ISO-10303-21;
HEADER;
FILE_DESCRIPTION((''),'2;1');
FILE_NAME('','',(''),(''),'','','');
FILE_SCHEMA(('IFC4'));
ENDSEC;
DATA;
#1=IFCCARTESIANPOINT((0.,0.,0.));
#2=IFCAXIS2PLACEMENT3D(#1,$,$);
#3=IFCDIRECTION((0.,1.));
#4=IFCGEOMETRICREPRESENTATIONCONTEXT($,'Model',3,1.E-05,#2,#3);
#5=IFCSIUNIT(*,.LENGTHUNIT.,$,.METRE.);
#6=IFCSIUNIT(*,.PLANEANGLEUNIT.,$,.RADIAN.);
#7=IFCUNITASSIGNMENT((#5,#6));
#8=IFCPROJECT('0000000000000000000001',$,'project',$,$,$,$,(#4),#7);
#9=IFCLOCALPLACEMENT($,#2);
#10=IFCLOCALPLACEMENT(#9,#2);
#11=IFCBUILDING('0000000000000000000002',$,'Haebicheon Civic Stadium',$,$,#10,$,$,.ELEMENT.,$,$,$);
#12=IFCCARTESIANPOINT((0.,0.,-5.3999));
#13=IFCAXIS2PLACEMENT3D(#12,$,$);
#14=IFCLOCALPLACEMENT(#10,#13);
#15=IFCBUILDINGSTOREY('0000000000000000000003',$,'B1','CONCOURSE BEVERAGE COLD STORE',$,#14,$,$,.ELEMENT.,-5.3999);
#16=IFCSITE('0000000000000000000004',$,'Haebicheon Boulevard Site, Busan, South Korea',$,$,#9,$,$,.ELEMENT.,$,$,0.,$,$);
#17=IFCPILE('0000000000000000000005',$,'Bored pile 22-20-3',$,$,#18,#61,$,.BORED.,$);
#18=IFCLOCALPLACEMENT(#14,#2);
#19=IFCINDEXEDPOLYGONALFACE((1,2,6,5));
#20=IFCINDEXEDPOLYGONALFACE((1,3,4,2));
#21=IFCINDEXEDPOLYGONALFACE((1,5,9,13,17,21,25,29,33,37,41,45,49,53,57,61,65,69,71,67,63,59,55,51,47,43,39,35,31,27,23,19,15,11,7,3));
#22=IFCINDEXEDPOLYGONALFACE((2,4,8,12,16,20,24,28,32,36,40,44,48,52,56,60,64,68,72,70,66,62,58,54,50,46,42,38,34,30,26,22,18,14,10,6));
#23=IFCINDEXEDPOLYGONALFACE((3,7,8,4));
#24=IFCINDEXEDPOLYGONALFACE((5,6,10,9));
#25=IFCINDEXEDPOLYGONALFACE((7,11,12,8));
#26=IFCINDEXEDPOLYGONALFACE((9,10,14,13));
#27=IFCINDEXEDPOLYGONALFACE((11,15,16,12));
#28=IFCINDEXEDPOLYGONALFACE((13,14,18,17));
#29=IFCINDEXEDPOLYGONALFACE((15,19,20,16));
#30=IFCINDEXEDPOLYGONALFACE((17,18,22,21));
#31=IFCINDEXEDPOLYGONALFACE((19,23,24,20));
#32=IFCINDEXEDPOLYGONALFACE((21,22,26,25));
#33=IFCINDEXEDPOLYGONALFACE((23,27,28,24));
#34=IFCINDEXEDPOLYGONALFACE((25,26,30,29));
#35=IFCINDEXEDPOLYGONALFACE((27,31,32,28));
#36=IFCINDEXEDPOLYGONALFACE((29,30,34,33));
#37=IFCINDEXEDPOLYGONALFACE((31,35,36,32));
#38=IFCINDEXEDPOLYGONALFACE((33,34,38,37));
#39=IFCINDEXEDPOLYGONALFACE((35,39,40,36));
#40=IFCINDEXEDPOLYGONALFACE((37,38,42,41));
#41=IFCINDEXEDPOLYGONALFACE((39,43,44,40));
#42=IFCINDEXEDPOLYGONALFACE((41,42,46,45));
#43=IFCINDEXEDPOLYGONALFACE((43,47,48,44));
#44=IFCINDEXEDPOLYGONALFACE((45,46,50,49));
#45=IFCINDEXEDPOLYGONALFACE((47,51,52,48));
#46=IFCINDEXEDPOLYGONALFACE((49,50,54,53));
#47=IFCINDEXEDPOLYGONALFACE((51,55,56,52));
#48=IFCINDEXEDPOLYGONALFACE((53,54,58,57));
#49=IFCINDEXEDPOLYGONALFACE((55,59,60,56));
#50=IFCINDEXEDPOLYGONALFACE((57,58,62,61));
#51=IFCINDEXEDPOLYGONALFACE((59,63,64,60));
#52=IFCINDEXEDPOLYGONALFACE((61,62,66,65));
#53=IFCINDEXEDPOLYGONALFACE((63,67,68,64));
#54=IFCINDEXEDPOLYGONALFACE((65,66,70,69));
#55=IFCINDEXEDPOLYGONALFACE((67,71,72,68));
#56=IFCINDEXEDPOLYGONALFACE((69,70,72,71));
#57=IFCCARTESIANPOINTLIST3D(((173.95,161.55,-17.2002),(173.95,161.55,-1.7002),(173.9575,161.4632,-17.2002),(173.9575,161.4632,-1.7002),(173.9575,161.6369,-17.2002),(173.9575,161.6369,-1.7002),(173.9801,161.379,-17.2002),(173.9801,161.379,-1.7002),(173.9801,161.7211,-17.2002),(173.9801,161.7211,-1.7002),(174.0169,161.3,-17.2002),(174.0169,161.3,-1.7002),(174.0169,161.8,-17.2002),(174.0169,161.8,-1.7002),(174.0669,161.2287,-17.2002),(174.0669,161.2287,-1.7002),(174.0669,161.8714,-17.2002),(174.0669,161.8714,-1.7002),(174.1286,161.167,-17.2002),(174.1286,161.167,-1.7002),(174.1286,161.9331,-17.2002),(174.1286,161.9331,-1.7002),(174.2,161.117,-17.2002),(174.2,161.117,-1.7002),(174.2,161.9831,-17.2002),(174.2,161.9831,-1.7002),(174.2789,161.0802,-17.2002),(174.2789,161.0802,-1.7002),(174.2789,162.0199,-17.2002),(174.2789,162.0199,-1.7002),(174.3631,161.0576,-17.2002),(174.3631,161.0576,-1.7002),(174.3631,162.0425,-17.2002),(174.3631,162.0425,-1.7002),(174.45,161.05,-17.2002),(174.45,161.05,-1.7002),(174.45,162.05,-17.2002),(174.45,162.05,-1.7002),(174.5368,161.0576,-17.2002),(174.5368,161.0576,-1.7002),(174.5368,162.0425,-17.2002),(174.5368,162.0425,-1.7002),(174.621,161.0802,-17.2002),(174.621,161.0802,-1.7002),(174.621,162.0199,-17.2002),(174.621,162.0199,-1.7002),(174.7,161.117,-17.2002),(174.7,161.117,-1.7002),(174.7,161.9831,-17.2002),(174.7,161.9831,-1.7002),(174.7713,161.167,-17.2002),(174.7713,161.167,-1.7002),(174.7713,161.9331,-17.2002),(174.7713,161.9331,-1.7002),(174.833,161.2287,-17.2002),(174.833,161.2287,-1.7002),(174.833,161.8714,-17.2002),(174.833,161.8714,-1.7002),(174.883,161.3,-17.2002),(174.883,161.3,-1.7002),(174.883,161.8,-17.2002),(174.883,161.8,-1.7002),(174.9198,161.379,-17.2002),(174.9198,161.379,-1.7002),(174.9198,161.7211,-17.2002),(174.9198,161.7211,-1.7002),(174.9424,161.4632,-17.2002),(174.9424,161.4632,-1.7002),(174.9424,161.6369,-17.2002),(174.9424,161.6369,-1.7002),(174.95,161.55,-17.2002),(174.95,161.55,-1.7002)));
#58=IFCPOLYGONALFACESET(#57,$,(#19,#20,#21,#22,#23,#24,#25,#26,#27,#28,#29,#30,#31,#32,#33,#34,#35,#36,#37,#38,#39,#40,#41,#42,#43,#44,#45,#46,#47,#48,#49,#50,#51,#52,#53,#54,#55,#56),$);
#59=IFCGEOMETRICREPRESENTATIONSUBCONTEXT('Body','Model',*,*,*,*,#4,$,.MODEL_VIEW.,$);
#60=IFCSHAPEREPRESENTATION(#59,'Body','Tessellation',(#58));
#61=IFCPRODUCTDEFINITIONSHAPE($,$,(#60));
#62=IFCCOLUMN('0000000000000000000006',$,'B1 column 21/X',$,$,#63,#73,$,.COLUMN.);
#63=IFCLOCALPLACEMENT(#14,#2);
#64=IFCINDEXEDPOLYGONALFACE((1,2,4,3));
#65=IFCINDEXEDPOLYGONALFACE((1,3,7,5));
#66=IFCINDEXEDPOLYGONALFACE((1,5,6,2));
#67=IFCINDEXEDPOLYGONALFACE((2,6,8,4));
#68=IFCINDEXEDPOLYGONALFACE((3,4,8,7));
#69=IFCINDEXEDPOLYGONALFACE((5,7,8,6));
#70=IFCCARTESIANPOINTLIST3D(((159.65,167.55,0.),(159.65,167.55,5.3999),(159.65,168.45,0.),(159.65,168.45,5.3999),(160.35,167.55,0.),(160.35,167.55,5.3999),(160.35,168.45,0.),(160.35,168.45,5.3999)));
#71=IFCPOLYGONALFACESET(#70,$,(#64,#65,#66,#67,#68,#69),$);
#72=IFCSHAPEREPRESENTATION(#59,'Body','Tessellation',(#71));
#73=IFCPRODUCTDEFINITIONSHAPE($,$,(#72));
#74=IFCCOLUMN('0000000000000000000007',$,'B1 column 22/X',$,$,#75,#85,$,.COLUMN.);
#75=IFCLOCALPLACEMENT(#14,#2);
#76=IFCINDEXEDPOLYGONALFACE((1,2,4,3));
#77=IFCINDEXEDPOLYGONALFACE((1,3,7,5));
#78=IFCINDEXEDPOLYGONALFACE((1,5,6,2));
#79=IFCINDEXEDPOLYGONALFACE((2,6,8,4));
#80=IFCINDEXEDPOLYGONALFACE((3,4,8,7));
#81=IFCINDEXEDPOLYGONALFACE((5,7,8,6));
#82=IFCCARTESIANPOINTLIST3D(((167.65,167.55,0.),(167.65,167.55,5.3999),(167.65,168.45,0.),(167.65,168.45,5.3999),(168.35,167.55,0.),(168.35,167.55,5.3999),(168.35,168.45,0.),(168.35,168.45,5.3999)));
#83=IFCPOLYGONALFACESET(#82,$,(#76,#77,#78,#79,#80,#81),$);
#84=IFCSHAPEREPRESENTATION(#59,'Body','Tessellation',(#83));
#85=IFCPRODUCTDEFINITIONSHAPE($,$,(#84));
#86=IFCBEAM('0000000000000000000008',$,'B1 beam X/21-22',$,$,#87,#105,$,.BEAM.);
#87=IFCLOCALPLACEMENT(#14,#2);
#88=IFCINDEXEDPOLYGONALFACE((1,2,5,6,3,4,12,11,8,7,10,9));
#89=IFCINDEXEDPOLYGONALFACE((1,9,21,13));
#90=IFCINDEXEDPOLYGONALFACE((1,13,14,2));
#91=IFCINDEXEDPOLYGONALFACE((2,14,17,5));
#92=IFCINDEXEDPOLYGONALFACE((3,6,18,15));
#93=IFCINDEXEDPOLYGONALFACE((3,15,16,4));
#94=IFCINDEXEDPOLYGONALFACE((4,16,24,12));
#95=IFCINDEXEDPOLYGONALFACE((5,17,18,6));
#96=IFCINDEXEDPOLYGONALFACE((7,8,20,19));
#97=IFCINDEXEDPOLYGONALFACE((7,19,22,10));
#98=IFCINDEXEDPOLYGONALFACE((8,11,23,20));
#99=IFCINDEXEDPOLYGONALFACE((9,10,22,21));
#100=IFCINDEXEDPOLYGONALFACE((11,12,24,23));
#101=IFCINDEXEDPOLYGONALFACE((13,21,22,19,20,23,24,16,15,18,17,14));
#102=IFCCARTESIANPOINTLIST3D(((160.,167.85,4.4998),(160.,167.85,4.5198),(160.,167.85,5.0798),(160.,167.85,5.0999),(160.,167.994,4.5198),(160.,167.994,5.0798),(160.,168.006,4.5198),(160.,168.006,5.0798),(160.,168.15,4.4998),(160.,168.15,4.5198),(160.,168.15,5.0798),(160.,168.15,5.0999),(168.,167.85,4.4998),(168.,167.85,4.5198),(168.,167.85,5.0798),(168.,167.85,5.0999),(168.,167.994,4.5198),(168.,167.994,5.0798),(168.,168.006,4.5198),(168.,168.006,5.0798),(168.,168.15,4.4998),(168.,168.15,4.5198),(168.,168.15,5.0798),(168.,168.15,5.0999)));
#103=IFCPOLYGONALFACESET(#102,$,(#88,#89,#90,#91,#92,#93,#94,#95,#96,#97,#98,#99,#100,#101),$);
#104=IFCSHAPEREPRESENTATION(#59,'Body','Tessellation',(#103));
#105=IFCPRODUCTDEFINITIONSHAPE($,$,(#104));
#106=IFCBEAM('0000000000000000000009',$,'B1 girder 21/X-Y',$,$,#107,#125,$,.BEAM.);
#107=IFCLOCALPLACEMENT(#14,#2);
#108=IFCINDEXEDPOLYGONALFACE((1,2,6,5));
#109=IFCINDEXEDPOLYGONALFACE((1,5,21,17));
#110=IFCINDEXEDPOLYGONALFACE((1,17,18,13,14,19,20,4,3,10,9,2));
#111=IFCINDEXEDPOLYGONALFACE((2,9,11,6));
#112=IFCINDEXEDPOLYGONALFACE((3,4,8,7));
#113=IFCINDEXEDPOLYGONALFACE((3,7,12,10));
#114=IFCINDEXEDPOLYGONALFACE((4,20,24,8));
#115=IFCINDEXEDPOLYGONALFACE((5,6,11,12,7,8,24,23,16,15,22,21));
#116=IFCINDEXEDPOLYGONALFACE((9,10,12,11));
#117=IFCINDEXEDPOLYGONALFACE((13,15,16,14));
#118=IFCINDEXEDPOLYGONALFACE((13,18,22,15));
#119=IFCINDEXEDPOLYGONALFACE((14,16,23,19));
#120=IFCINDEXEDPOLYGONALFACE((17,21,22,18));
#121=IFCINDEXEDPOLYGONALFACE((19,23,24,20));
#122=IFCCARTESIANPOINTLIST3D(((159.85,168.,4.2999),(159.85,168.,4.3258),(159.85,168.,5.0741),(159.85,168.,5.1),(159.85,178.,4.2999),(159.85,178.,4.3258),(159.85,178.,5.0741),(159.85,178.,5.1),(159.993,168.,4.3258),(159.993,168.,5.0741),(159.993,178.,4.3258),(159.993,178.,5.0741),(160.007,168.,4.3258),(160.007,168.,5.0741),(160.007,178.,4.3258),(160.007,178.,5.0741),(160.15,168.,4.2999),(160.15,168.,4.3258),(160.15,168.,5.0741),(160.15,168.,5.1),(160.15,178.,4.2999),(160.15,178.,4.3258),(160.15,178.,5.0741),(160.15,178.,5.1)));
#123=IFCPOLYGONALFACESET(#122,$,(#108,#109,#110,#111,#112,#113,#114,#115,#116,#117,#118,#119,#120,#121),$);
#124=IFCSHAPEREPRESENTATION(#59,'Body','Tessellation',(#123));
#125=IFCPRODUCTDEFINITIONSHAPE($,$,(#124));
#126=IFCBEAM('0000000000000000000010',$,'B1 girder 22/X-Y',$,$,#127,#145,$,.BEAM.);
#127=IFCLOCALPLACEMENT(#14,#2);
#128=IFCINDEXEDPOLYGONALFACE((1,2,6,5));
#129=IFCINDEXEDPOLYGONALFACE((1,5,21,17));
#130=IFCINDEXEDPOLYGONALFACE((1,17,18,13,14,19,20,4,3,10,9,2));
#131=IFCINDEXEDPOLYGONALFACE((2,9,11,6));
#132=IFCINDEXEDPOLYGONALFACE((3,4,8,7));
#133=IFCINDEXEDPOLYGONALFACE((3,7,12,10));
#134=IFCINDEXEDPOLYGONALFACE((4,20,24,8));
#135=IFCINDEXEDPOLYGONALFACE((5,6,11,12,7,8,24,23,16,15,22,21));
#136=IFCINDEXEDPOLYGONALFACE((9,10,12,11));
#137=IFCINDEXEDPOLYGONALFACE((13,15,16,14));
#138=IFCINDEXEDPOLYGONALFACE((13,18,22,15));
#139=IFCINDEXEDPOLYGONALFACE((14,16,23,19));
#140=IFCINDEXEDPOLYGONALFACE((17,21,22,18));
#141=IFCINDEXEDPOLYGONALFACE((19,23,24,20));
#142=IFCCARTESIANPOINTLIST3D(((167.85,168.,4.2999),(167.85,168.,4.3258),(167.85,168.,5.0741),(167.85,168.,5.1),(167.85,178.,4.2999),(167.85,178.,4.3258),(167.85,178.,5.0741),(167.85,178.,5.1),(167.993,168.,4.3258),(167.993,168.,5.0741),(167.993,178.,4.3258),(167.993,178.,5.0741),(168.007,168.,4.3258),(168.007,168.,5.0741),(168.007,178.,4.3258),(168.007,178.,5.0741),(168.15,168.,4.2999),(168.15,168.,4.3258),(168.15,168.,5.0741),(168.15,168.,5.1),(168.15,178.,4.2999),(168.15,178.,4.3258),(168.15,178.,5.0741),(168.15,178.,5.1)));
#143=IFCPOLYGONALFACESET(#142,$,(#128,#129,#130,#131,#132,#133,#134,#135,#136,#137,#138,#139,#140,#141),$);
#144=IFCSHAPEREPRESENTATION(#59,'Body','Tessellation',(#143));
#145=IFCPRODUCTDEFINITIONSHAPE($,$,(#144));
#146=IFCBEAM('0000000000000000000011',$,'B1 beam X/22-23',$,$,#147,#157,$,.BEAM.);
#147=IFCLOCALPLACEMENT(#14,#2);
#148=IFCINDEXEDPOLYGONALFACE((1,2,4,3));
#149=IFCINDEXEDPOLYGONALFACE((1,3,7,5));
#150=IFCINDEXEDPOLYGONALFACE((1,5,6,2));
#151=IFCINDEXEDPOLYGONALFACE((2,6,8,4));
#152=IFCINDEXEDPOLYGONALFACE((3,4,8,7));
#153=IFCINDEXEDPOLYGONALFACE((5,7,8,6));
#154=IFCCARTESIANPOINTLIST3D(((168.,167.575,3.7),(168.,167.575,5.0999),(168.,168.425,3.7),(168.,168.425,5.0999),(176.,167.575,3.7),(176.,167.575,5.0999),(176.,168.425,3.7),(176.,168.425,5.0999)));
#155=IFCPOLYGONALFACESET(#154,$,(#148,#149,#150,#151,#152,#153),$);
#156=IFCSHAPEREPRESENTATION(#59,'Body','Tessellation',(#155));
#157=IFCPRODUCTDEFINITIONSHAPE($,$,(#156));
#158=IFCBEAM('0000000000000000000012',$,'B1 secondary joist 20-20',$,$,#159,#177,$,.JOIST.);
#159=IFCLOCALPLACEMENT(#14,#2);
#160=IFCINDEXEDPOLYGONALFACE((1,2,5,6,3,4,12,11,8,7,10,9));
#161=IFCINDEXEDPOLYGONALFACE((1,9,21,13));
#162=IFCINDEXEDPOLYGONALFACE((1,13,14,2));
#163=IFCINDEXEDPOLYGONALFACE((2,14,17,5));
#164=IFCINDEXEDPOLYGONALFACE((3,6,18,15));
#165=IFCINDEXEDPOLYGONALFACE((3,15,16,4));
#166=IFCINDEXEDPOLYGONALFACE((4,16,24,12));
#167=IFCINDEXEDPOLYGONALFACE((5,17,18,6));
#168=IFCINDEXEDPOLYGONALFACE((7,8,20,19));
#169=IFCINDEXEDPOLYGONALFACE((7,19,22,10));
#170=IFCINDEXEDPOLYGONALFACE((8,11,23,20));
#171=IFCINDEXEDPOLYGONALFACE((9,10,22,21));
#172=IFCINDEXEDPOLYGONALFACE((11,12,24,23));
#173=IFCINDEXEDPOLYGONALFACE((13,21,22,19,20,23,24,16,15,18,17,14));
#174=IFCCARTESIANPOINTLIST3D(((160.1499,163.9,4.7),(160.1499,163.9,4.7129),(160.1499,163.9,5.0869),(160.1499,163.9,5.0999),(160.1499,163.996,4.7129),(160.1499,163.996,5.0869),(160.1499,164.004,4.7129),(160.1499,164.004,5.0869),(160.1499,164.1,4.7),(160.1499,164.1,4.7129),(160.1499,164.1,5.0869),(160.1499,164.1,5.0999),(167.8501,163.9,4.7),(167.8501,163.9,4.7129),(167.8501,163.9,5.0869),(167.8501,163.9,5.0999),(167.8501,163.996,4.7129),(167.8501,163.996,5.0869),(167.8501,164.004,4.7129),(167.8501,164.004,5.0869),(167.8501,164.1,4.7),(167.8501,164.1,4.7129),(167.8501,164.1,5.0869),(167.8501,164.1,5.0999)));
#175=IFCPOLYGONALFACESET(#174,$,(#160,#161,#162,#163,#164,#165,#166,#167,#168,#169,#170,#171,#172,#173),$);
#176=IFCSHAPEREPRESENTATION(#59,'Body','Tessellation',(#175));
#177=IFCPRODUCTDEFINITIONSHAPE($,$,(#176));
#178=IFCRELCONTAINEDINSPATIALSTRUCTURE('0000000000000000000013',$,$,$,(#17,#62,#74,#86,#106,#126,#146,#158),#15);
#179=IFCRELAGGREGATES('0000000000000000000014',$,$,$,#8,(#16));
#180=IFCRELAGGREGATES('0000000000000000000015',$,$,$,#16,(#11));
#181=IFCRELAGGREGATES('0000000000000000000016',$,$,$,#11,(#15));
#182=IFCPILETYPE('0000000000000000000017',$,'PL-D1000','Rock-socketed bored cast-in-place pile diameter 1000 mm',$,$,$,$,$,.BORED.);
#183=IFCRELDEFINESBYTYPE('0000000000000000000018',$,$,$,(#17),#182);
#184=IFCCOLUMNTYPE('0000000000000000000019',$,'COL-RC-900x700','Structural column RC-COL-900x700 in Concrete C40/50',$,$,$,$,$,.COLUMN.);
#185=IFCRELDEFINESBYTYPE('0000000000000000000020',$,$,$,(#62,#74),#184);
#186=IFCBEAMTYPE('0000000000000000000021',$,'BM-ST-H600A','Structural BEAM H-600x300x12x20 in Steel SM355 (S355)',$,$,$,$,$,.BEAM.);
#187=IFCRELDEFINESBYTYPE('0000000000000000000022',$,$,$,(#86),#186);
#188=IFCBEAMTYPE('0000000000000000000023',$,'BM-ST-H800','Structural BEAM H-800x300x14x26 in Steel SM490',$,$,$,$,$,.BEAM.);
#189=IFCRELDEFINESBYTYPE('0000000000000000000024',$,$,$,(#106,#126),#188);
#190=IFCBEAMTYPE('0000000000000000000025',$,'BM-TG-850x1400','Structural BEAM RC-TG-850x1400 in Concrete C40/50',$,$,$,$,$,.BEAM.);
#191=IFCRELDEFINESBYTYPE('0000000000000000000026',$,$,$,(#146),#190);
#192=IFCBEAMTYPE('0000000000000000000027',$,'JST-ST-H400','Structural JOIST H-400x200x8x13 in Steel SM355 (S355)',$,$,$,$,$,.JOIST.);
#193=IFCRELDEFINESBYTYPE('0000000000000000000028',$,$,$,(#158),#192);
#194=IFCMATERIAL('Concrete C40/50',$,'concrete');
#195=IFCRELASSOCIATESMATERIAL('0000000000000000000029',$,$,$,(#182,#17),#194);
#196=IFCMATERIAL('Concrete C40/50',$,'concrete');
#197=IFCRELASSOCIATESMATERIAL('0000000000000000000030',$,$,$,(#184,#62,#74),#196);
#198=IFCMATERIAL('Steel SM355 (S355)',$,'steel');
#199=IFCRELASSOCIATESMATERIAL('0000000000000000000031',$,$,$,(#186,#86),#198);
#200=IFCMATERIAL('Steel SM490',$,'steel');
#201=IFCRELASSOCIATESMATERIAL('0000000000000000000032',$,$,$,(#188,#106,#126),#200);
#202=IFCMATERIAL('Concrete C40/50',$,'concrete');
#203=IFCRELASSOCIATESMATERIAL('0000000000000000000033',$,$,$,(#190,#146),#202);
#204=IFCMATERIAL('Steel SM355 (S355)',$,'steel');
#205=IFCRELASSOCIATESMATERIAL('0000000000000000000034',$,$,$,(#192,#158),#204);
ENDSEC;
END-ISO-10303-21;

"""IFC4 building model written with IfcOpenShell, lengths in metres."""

from ifc_helpers import new_model, si_unit, direction, frame, origin, origin_2d, place, context, subcontext, project, spatial, rectangle, circle, i_section, extrude, material, material_profile, profile_set, type_object, element, save


model = new_model("IFC4")

# Units and contexts
model_context = context("Model", 3, precision=1e-05, world=origin(), true_north=direction((0.0, 1.0)))
body_context = subcontext(model_context, "Body", "Model", "MODEL_VIEW")
ifc_project = project(units=[si_unit("LENGTHUNIT", "METRE"), si_unit("PLANEANGLEUNIT", "RADIAN")], contexts=[model_context])

# Site, building, storey
site_placement = place(None, origin())
site = spatial("IfcSite", under=ifc_project, at=site_placement, Name="Haebicheon Boulevard Site, Busan, South Korea", CompositionType="ELEMENT", RefElevation=0.0)
building_placement = place(site_placement, origin())
building = spatial("IfcBuilding", under=site, at=building_placement, Name="Haebicheon Civic Stadium", CompositionType="ELEMENT")
storey_placement = place(building_placement, frame((0.0, 0.0, -5.3999)))
storey = spatial("IfcBuildingStorey", under=building, at=storey_placement, Name="B1", Description="CONCOURSE BEVERAGE COLD STORE", CompositionType="ELEMENT", Elevation=-5.3999)

# Pile
ifc_material_1 = material(Name="Concrete C40/50", Category="concrete")
ifc_material_profile_1 = material_profile(ifc_material_1, circle(Radius=0.5, at=origin_2d()), Name="PILE-D1000")
ifc_profile_set_1 = profile_set([ifc_material_profile_1], Name="Concrete C40/50")
pile_type = type_object("IfcPileType", Name="PL-D1000", Description="Rock-socketed bored cast-in-place pile diameter 1000 mm", PredefinedType="BORED", material=ifc_profile_set_1)
for number, where, z_axis, x_axis, name in (
    (1, (174.45, 161.55, -1.7002), (0.0, 0.0, -1.0), (1.0, 0.0, 0.0), "Bored pile 22-20-3"),
):
    element("IfcPile", number, at=place(storey_placement, frame(where, z_axis=z_axis, x_axis=x_axis)), inside=storey, type_object=pile_type, material=ifc_profile_set_1, Name=name, PredefinedType="BORED", context=body_context, shape_type="SweptSolid", body=[
        extrude(circle(Radius=0.5, at=origin_2d()), origin(), (0.0, 0.0, 1.0), 15.5),
    ])

# Columns
ifc_material_2 = material(Name="Concrete C40/50", Category="concrete")
ifc_material_profile_2 = material_profile(ifc_material_2, rectangle(XDim=0.7, YDim=0.8999, at=origin_2d()), Name="RC-COL-900x700")
ifc_profile_set_2 = profile_set([ifc_material_profile_2], Name="Concrete C40/50")
column_type = type_object("IfcColumnType", Name="COL-RC-900x700", Description="Structural column RC-COL-900x700 in Concrete C40/50", PredefinedType="COLUMN", material=ifc_profile_set_2)
for number, where, z_axis, x_axis, name in (
    (2, (160.0, 168.0, 0.0), (0.0, 0.0, 1.0), (1.0, 0.0, 0.0), "B1 column 21/X"),
    (3, (168.0, 168.0, 0.0), (0.0, 0.0, 1.0), (1.0, 0.0, 0.0), "B1 column 22/X"),
):
    element("IfcColumn", number, at=place(storey_placement, frame(where, z_axis=z_axis, x_axis=x_axis)), inside=storey, type_object=column_type, material=ifc_profile_set_2, Name=name, PredefinedType="COLUMN", context=body_context, shape_type="SweptSolid", body=[
        extrude(rectangle(XDim=0.7, YDim=0.8999, at=origin_2d()), origin(), (0.0, 0.0, 1.0), 5.3999),
    ])

# Beams
ifc_material_3 = material(Name="Steel SM355 (S355)", Category="steel")
ifc_material_profile_3 = material_profile(ifc_material_3, i_section(OverallWidth=0.3, OverallDepth=0.6001, WebThickness=0.012, FlangeThickness=0.02, at=origin_2d()), Name="H-600x300x12x20")
ifc_profile_set_3 = profile_set([ifc_material_profile_3], Name="Steel SM355 (S355)")
beam_type_1 = type_object("IfcBeamType", Name="BM-ST-H600A", Description="Structural BEAM H-600x300x12x20 in Steel SM355 (S355)", PredefinedType="BEAM", material=ifc_profile_set_3)
beam_1_placement = place(storey_placement, frame((160.0, 168.0, 4.7998), z_axis=(1.0, 0.0, 0.0), x_axis=(0.0, 1.0, 0.0)))
element("IfcBeam", 4, at=beam_1_placement, inside=storey, type_object=beam_type_1, material=ifc_profile_set_3, Name="B1 beam X/21-22", PredefinedType="BEAM", context=body_context, shape_type="SweptSolid", body=[
    extrude(i_section(OverallWidth=0.3, OverallDepth=0.6001, WebThickness=0.012, FlangeThickness=0.02, at=origin_2d()), origin(), (0.0, 0.0, 1.0), 8.0),
])
ifc_material_4 = material(Name="Steel SM490", Category="steel")
ifc_material_profile_4 = material_profile(ifc_material_4, i_section(OverallWidth=0.3, OverallDepth=0.8, WebThickness=0.0139, FlangeThickness=0.0259, at=origin_2d()), Name="H-800x300x14x26")
ifc_profile_set_4 = profile_set([ifc_material_profile_4], Name="Steel SM490")
beam_type_2 = type_object("IfcBeamType", Name="BM-ST-H800", Description="Structural BEAM H-800x300x14x26 in Steel SM490", PredefinedType="BEAM", material=ifc_profile_set_4)
for number, where, z_axis, x_axis, name in (
    (5, (160.0, 168.0, 4.7), (0.0, 1.0, 0.0), (-1.0, 0.0, 0.0), "B1 girder 21/X-Y"),
    (6, (168.0, 168.0, 4.7), (0.0, 1.0, 0.0), (-1.0, 0.0, 0.0), "B1 girder 22/X-Y"),
):
    element("IfcBeam", number, at=place(storey_placement, frame(where, z_axis=z_axis, x_axis=x_axis)), inside=storey, type_object=beam_type_2, material=ifc_profile_set_4, Name=name, PredefinedType="BEAM", context=body_context, shape_type="SweptSolid", body=[
        extrude(i_section(OverallWidth=0.3, OverallDepth=0.8, WebThickness=0.0139, FlangeThickness=0.0259, at=origin_2d()), origin(), (0.0, 0.0, 1.0), 10.0),
    ])
ifc_material_5 = material(Name="Concrete C40/50", Category="concrete")
ifc_material_profile_5 = material_profile(ifc_material_5, rectangle(XDim=0.8501, YDim=1.3999, at=origin_2d()), Name="RC-TG-850x1400")
ifc_profile_set_5 = profile_set([ifc_material_profile_5], Name="Concrete C40/50")
beam_type_3 = type_object("IfcBeamType", Name="BM-TG-850x1400", Description="Structural BEAM RC-TG-850x1400 in Concrete C40/50", PredefinedType="BEAM", material=ifc_profile_set_5)
beam_2_placement = place(storey_placement, frame((168.0, 168.0, 4.3999), z_axis=(1.0, 0.0, 0.0), x_axis=(0.0, 1.0, 0.0)))
element("IfcBeam", 7, at=beam_2_placement, inside=storey, type_object=beam_type_3, material=ifc_profile_set_5, Name="B1 beam X/22-23", PredefinedType="BEAM", context=body_context, shape_type="SweptSolid", body=[
    extrude(rectangle(XDim=0.8501, YDim=1.3999, at=origin_2d()), origin(), (0.0, 0.0, 1.0), 8.0),
])
ifc_material_6 = material(Name="Steel SM355 (S355)", Category="steel")
ifc_material_profile_6 = material_profile(ifc_material_6, i_section(OverallWidth=0.2, OverallDepth=0.3999, WebThickness=0.0081, FlangeThickness=0.0129, at=origin_2d()), Name="H-400x200x8x13")
ifc_profile_set_6 = profile_set([ifc_material_profile_6], Name="Steel SM355 (S355)")
beam_type_4 = type_object("IfcBeamType", Name="JST-ST-H400", Description="Structural JOIST H-400x200x8x13 in Steel SM355 (S355)", PredefinedType="JOIST", material=ifc_profile_set_6)
for number, where, z_axis, x_axis, name in (
    (8, (160.1499, 164.0, 4.8999), (1.0, 0.0, 0.0), (0.0, 1.0, 0.0), "B1 secondary joist 20-20"),
):
    element("IfcBeam", number, at=place(storey_placement, frame(where, z_axis=z_axis, x_axis=x_axis)), inside=storey, type_object=beam_type_4, material=ifc_profile_set_6, Name=name, PredefinedType="JOIST", context=body_context, shape_type="SweptSolid", body=[
        extrude(i_section(OverallWidth=0.2, OverallDepth=0.3999, WebThickness=0.0081, FlangeThickness=0.0129, at=origin_2d()), origin(), (0.0, 0.0, 1.0), 7.7002),
    ])

save(model, "model.ifc")
